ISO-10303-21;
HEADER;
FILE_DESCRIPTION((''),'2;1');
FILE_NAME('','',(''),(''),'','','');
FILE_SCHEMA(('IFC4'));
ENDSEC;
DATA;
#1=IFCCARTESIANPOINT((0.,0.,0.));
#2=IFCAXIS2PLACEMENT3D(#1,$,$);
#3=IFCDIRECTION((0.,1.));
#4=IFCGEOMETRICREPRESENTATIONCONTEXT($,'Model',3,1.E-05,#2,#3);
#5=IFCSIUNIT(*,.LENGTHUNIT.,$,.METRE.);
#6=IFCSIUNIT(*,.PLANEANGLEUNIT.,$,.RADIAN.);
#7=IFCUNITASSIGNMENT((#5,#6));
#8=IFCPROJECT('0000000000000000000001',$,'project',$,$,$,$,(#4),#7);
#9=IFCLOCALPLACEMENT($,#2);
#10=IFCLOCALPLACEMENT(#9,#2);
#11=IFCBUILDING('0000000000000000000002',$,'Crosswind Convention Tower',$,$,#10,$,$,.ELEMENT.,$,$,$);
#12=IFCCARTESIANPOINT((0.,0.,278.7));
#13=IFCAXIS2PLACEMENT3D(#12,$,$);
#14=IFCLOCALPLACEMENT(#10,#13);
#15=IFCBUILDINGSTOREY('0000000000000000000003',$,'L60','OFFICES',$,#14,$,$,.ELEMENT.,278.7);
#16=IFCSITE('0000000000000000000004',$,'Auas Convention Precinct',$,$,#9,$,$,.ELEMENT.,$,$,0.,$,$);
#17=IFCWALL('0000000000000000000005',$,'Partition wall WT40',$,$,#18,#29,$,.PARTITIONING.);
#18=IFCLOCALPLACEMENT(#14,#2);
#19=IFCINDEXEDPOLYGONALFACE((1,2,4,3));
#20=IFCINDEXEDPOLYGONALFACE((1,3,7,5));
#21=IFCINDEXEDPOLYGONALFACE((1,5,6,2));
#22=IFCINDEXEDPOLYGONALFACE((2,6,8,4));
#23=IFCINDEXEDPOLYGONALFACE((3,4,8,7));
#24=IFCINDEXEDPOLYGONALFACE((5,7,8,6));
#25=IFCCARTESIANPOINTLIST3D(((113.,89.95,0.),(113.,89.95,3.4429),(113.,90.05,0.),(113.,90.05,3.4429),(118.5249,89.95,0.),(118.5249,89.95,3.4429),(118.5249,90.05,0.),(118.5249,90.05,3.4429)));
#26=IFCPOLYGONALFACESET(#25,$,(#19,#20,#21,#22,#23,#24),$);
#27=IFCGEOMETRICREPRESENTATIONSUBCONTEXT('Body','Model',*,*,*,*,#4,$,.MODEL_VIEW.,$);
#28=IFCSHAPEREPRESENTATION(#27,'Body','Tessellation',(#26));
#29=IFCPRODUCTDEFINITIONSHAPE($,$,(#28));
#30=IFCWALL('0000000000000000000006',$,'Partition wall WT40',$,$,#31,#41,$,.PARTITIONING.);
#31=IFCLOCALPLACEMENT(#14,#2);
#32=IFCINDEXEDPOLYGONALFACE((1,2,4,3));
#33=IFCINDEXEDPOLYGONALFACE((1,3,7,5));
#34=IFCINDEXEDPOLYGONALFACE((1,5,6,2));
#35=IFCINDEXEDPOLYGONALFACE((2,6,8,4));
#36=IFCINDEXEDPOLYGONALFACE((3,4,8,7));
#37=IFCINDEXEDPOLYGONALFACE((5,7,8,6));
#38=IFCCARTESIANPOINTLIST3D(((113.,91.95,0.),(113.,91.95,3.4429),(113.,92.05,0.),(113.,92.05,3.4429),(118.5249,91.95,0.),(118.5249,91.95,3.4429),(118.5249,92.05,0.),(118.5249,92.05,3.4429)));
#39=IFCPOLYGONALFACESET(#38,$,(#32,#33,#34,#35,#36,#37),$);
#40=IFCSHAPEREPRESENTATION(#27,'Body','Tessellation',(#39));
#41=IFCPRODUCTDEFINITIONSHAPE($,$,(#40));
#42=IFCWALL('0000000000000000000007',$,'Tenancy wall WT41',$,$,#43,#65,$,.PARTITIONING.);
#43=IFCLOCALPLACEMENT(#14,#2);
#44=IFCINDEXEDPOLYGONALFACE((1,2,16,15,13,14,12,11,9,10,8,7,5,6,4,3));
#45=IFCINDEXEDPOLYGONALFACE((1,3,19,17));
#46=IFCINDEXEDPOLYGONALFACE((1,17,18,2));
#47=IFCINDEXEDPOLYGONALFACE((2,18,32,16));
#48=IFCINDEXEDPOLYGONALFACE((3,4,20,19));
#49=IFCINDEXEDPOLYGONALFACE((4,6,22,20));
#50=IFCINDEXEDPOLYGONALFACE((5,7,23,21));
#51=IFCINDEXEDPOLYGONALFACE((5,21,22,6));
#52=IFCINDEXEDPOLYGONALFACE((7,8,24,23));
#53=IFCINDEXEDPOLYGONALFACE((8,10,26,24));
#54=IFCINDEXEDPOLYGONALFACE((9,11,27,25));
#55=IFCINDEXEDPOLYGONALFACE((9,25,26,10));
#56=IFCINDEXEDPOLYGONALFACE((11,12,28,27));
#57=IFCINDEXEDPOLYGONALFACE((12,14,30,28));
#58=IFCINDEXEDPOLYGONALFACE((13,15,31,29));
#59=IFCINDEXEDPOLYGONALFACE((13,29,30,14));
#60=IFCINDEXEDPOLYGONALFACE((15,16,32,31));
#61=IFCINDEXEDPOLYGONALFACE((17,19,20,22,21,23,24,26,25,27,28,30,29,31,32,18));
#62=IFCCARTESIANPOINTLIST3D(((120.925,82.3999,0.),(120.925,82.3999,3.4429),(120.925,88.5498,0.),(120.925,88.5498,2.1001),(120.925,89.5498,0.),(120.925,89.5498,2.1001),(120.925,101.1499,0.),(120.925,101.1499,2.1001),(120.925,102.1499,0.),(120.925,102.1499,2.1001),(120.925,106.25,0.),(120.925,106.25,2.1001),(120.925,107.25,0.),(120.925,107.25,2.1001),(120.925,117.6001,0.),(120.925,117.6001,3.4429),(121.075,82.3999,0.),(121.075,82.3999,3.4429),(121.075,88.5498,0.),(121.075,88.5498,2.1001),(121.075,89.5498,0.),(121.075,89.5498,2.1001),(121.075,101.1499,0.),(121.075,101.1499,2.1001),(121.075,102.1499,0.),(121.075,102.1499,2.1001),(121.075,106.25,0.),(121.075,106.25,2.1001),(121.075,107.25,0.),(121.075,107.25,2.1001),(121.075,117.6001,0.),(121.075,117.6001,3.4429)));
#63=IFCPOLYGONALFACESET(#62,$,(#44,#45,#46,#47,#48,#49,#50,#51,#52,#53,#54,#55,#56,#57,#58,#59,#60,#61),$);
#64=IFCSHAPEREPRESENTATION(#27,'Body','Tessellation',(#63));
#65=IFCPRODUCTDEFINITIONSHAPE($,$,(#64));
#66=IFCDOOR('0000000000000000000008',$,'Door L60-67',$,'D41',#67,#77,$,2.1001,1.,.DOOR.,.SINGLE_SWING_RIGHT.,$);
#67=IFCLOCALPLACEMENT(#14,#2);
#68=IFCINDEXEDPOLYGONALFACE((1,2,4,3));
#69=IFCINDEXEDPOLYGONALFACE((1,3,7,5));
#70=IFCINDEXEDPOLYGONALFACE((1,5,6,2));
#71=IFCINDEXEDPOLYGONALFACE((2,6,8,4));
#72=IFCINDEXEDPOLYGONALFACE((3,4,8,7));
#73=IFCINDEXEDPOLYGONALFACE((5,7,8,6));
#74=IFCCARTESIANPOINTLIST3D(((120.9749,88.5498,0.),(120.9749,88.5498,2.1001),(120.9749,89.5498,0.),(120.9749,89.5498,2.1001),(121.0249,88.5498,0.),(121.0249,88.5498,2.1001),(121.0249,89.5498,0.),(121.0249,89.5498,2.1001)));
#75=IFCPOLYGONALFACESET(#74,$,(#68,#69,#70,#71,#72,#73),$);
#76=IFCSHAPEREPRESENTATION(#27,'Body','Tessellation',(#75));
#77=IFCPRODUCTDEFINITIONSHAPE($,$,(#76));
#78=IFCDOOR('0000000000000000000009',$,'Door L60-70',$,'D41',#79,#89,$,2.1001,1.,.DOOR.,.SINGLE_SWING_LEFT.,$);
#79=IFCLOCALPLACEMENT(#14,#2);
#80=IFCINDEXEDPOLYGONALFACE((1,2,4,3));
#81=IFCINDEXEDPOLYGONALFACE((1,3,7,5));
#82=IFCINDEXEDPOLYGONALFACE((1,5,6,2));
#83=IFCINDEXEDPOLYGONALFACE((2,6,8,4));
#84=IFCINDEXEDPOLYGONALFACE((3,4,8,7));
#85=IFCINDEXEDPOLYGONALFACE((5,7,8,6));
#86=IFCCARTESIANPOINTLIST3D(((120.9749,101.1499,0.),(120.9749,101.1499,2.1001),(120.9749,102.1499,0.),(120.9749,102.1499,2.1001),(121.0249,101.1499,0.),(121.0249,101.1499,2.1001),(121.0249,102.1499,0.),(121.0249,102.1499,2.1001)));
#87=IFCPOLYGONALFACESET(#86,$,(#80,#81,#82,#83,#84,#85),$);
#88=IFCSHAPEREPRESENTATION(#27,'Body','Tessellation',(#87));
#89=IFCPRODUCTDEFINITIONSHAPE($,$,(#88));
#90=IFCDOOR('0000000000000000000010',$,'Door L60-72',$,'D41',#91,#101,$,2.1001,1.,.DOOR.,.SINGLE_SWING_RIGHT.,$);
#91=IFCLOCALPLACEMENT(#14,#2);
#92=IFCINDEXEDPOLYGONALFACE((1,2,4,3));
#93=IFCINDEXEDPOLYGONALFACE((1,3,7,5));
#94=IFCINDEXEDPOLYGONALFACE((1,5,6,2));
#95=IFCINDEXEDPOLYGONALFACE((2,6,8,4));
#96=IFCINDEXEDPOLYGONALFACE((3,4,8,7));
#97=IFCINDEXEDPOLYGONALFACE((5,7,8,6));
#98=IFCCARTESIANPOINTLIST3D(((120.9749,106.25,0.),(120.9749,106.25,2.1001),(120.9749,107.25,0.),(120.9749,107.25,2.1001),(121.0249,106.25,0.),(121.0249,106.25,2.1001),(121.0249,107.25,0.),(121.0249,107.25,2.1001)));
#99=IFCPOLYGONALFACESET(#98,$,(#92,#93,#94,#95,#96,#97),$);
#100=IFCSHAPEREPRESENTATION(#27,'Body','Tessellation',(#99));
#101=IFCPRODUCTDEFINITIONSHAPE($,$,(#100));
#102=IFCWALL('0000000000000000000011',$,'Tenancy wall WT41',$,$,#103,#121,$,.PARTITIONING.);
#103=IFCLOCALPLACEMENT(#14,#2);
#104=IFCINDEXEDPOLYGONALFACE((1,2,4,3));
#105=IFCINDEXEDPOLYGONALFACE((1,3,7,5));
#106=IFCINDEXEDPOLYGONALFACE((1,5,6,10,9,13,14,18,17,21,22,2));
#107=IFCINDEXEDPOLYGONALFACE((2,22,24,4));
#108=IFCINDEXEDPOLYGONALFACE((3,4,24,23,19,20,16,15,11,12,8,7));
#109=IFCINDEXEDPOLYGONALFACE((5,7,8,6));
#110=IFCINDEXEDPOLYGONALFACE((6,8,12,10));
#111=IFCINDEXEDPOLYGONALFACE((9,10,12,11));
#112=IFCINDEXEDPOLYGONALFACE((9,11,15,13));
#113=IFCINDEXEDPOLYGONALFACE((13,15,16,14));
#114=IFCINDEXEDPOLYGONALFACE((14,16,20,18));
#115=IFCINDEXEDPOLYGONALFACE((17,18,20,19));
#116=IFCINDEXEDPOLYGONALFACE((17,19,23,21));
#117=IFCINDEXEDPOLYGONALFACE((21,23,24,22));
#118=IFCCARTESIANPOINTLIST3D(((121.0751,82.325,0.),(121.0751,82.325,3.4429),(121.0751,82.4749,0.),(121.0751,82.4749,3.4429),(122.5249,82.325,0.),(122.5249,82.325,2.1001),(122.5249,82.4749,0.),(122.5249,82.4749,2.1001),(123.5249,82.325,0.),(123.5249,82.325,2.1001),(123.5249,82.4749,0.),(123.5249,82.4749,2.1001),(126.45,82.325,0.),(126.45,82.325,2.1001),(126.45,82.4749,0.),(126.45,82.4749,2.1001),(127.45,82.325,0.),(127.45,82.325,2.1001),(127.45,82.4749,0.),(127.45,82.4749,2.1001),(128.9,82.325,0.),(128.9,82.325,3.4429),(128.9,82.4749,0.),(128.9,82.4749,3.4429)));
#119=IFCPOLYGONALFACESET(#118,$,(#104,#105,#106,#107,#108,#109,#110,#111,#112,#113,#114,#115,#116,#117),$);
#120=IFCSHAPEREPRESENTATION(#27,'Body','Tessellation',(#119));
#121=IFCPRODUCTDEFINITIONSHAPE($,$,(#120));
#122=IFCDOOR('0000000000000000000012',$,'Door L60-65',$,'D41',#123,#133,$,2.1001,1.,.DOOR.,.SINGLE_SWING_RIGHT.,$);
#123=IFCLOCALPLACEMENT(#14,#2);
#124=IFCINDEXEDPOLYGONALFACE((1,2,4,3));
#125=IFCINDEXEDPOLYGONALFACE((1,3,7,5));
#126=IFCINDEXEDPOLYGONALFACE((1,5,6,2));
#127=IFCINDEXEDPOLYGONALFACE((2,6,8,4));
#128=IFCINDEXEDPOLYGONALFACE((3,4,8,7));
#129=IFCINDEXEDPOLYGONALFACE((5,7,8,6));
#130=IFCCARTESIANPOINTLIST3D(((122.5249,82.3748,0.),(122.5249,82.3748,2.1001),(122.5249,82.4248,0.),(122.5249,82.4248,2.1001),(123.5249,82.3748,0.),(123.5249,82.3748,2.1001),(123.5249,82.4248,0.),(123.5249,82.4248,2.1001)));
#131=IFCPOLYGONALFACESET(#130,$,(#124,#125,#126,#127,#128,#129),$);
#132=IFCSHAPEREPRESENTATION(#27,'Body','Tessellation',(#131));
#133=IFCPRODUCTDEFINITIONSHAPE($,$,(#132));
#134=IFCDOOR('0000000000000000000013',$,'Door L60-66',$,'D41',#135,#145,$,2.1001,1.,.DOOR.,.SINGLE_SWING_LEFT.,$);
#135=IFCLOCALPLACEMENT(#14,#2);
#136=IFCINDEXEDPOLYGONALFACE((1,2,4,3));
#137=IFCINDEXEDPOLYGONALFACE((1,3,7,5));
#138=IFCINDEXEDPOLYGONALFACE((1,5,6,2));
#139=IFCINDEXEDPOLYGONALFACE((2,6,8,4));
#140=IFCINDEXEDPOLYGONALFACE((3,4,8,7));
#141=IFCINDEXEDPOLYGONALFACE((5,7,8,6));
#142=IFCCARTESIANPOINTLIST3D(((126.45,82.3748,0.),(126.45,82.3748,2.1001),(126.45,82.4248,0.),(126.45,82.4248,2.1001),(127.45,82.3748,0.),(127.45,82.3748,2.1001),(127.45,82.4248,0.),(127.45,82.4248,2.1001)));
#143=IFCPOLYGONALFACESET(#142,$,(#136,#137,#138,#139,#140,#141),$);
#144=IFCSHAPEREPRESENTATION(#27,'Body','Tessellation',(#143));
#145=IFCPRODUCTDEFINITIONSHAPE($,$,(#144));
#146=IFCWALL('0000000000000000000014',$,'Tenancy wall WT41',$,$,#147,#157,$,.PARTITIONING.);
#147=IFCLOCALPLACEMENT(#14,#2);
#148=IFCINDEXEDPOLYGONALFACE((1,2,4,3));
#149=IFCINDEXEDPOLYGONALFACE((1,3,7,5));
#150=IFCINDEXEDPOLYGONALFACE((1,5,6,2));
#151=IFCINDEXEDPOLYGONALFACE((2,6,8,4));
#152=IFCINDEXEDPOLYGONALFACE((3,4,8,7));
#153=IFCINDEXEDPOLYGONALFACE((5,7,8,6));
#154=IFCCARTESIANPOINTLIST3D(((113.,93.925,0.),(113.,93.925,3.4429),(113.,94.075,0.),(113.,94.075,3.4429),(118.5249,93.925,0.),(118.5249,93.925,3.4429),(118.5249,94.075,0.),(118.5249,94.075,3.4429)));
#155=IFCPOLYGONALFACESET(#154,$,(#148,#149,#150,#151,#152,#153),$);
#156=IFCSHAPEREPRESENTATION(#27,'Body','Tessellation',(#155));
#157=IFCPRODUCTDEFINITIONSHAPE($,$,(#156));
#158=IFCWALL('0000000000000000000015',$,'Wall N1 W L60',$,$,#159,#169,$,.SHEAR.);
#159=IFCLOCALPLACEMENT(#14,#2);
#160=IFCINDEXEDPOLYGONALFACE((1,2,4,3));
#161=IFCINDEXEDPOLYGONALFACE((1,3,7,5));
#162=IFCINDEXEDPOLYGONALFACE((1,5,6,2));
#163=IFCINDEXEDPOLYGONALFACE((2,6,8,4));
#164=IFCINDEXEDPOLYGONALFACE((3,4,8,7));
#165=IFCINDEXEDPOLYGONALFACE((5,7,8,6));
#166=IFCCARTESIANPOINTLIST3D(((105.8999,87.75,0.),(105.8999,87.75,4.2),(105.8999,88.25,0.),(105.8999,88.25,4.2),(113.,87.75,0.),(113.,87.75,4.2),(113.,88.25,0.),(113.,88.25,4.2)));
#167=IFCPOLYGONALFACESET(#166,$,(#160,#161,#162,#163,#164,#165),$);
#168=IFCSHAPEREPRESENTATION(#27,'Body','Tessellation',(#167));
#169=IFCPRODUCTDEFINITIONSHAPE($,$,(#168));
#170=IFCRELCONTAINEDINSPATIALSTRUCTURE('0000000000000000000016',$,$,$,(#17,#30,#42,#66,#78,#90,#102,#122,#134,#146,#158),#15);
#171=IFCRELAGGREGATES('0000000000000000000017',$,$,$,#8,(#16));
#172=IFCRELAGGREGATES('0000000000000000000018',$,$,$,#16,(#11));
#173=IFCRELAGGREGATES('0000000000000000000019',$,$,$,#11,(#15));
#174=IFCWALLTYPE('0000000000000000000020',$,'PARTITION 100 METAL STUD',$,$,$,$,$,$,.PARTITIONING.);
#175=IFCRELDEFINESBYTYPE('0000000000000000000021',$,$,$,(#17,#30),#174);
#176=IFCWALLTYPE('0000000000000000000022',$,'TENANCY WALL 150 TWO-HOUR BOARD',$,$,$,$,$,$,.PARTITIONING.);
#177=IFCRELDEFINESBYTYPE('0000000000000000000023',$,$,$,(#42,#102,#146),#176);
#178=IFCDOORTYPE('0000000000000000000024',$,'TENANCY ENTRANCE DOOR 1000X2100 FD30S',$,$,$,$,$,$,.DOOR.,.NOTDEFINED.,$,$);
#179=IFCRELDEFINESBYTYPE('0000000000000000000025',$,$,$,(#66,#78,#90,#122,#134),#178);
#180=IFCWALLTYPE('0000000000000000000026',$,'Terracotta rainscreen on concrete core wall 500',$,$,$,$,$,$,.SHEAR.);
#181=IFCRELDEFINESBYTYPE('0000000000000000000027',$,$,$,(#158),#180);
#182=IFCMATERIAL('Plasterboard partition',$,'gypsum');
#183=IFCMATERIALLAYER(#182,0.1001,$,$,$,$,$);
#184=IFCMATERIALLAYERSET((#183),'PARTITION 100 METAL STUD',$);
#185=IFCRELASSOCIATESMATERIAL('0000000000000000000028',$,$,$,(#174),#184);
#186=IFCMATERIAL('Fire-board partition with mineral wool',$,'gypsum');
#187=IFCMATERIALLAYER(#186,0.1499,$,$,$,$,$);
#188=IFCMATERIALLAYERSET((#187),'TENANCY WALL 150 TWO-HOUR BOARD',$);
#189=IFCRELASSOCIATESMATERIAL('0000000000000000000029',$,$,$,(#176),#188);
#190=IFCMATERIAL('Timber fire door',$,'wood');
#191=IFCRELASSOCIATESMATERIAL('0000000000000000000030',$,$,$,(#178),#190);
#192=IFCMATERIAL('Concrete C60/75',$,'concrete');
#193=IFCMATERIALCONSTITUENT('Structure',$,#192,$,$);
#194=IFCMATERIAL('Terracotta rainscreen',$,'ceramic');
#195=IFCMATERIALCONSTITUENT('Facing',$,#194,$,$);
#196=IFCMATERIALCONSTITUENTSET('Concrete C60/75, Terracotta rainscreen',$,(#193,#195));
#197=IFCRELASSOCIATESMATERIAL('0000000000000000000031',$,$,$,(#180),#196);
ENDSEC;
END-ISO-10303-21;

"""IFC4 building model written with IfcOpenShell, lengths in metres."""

from ifc_helpers import new_model, si_unit, direction, frame, frame_2d, origin, place, context, subcontext, project, spatial, rectangle, extrude, material, layer, layer_set, constituent, constituent_set, type_object, element, fill, save


model = new_model("IFC4")

# Units and contexts
model_context = context("Model", 3, precision=1e-05, world=origin(), true_north=direction((0.0, 1.0)))
body_context = subcontext(model_context, "Body", "Model", "MODEL_VIEW")
ifc_project = project(units=[si_unit("LENGTHUNIT", "METRE"), si_unit("PLANEANGLEUNIT", "RADIAN")], contexts=[model_context])

# Site, building, storey
site_placement = place(None, origin())
site = spatial("IfcSite", under=ifc_project, at=site_placement, Name="Auas Convention Precinct", CompositionType="ELEMENT", RefElevation=0.0)
building_placement = place(site_placement, origin())
building = spatial("IfcBuilding", under=site, at=building_placement, Name="Crosswind Convention Tower", CompositionType="ELEMENT")
storey_placement = place(building_placement, frame((0.0, 0.0, 278.7)))
storey = spatial("IfcBuildingStorey", under=building, at=storey_placement, Name="L60", Description="OFFICES", CompositionType="ELEMENT", Elevation=278.7)

# Shared definitions
ifc_material_1 = material(Name="Concrete C60/75", Category="concrete")

# Walls
ifc_material_2 = material(Name="Plasterboard partition", Category="gypsum")
ifc_layer_1 = layer(ifc_material_2, 0.1001)
ifc_layer_set_1 = layer_set([ifc_layer_1], Name="PARTITION 100 METAL STUD")
wall_type_1 = type_object("IfcWallType", Name="PARTITION 100 METAL STUD", PredefinedType="PARTITIONING", material=ifc_layer_set_1)
for number, where, z_axis, x_axis, name in (
    (1, (113.0, 90.0, 0.0), (0.0, 0.0, 1.0), (1.0, 0.0, 0.0), "Partition wall WT40"),
    (2, (113.0, 92.0, 0.0), (0.0, 0.0, 1.0), (1.0, 0.0, 0.0), "Partition wall WT40"),
):
    element("IfcWall", number, at=place(storey_placement, frame(where, z_axis=z_axis, x_axis=x_axis)), inside=storey, type_object=wall_type_1, Name=name, PredefinedType="PARTITIONING", context=body_context, shape_type="SweptSolid", body=[
        extrude(rectangle(XDim=5.5249, YDim=0.1001, at=frame_2d((2.7625, 0.0))), origin(), (0.0, 0.0, 1.0), 3.4429),
    ])

# Walls, openings, doors
ifc_material_3 = material(Name="Fire-board partition with mineral wool", Category="gypsum")
ifc_layer_2 = layer(ifc_material_3, 0.1499)
ifc_layer_set_2 = layer_set([ifc_layer_2], Name="TENANCY WALL 150 TWO-HOUR BOARD")
wall_type_2 = type_object("IfcWallType", Name="TENANCY WALL 150 TWO-HOUR BOARD", PredefinedType="PARTITIONING", material=ifc_layer_set_2)
wall_1_placement = place(storey_placement, frame((121.0, 82.3999, 0.0), z_axis=(0.0, 0.0, 1.0), x_axis=(0.0, 1.0, 0.0)))
wall_1 = element("IfcWall", 3, at=wall_1_placement, inside=storey, type_object=wall_type_2, Name="Tenancy wall WT41", PredefinedType="PARTITIONING", context=body_context, shape_type="SweptSolid", body=[
    extrude(rectangle(XDim=35.2002, YDim=0.1499, at=frame_2d((17.6001, 0.0))), origin(), (0.0, 0.0, 1.0), 3.4429),
])
opening_1_placement = place(wall_1_placement, frame((6.1499, 0.0, 0.0)))
opening_1 = element("IfcOpeningElement", 4, at=opening_1_placement, cuts=wall_1, PredefinedType="OPENING", context=body_context, shape_type="SweptSolid", body=[
    extrude(rectangle(XDim=1.0, YDim=2.1001, at=frame_2d((0.5, 1.05))), frame((0.0, 0.085, 0.0), z_axis=(0.0, -1.0, 0.0), x_axis=(1.0, 0.0, 0.0)), (0.0, 0.0, 1.0), 0.1699),
])
opening_2_placement = place(wall_1_placement, frame((18.75, 0.0, 0.0)))
opening_2 = element("IfcOpeningElement", 5, at=opening_2_placement, cuts=wall_1, PredefinedType="OPENING", context=body_context, shape_type="SweptSolid", body=[
    extrude(rectangle(XDim=1.0, YDim=2.1001, at=frame_2d((0.5, 1.05))), frame((0.0, 0.085, 0.0), z_axis=(0.0, -1.0, 0.0), x_axis=(1.0, 0.0, 0.0)), (0.0, 0.0, 1.0), 0.1699),
])
opening_3_placement = place(wall_1_placement, frame((23.8501, 0.0, 0.0)))
opening_3 = element("IfcOpeningElement", 6, at=opening_3_placement, cuts=wall_1, PredefinedType="OPENING", context=body_context, shape_type="SweptSolid", body=[
    extrude(rectangle(XDim=1.0, YDim=2.1001, at=frame_2d((0.5, 1.05))), frame((0.0, 0.085, 0.0), z_axis=(0.0, -1.0, 0.0), x_axis=(1.0, 0.0, 0.0)), (0.0, 0.0, 1.0), 0.1699),
])
ifc_material_4 = material(Name="Timber fire door", Category="wood")
door_type = type_object("IfcDoorType", Name="TENANCY ENTRANCE DOOR 1000X2100 FD30S", OperationType="NOTDEFINED", PredefinedType="DOOR", material=ifc_material_4)
door_1_placement = place(opening_1_placement, frame((1.0, 0.0, 0.0), z_axis=(0.0, 0.0, 1.0), x_axis=(-1.0, 0.0, 0.0)))
door_1 = element("IfcDoor", 7, at=door_1_placement, inside=storey, type_object=door_type, Name="Door L60-67", ObjectType="D41", OperationType="SINGLE_SWING_RIGHT", OverallHeight=2.1001, OverallWidth=1.0, PredefinedType="DOOR", context=body_context, shape_type="SweptSolid", body=[
    extrude(rectangle(XDim=1.0, YDim=2.1001, at=frame_2d((0.5, 1.05))), frame((0.0, 0.0249, 0.0), z_axis=(0.0, -1.0, 0.0), x_axis=(1.0, 0.0, 0.0)), (0.0, 0.0, 1.0), 0.05),
])
fill(opening_1, door_1)
door_2_placement = place(opening_2_placement, frame((1.0, 0.0, 0.0), z_axis=(0.0, 0.0, 1.0), x_axis=(-1.0, 0.0, 0.0)))
door_2 = element("IfcDoor", 8, at=door_2_placement, inside=storey, type_object=door_type, Name="Door L60-70", ObjectType="D41", OperationType="SINGLE_SWING_LEFT", OverallHeight=2.1001, OverallWidth=1.0, PredefinedType="DOOR", context=body_context, shape_type="SweptSolid", body=[
    extrude(rectangle(XDim=1.0, YDim=2.1001, at=frame_2d((0.5, 1.05))), frame((0.0, 0.0249, 0.0), z_axis=(0.0, -1.0, 0.0), x_axis=(1.0, 0.0, 0.0)), (0.0, 0.0, 1.0), 0.05),
])
fill(opening_2, door_2)
door_3_placement = place(opening_3_placement, frame((1.0, 0.0, 0.0), z_axis=(0.0, 0.0, 1.0), x_axis=(-1.0, 0.0, 0.0)))
door_3 = element("IfcDoor", 9, at=door_3_placement, inside=storey, type_object=door_type, Name="Door L60-72", ObjectType="D41", OperationType="SINGLE_SWING_RIGHT", OverallHeight=2.1001, OverallWidth=1.0, PredefinedType="DOOR", context=body_context, shape_type="SweptSolid", body=[
    extrude(rectangle(XDim=1.0, YDim=2.1001, at=frame_2d((0.5, 1.05))), frame((0.0, 0.0249, 0.0), z_axis=(0.0, -1.0, 0.0), x_axis=(1.0, 0.0, 0.0)), (0.0, 0.0, 1.0), 0.05),
])
fill(opening_3, door_3)
wall_2_placement = place(storey_placement, frame((121.075, 82.3999, 0.0), z_axis=(0.0, 0.0, 1.0), x_axis=(1.0, 0.0, 0.0)))
wall_2 = element("IfcWall", 10, at=wall_2_placement, inside=storey, type_object=wall_type_2, Name="Tenancy wall WT41", PredefinedType="PARTITIONING", context=body_context, shape_type="SweptSolid", body=[
    extrude(rectangle(XDim=7.825, YDim=0.1499, at=frame_2d((3.9126, 0.0))), origin(), (0.0, 0.0, 1.0), 3.4429),
])
opening_4_placement = place(wall_2_placement, frame((1.45, 0.0, 0.0)))
opening_4 = element("IfcOpeningElement", 11, at=opening_4_placement, cuts=wall_2, PredefinedType="OPENING", context=body_context, shape_type="SweptSolid", body=[
    extrude(rectangle(XDim=1.0, YDim=2.1001, at=frame_2d((0.5, 1.05))), frame((0.0, 0.085, 0.0), z_axis=(0.0, -1.0, 0.0), x_axis=(1.0, 0.0, 0.0)), (0.0, 0.0, 1.0), 0.1699),
])
opening_5_placement = place(wall_2_placement, frame((5.375, 0.0, 0.0)))
opening_5 = element("IfcOpeningElement", 12, at=opening_5_placement, cuts=wall_2, PredefinedType="OPENING", context=body_context, shape_type="SweptSolid", body=[
    extrude(rectangle(XDim=1.0, YDim=2.1001, at=frame_2d((0.5, 1.05))), frame((0.0, 0.085, 0.0), z_axis=(0.0, -1.0, 0.0), x_axis=(1.0, 0.0, 0.0)), (0.0, 0.0, 1.0), 0.1699),
])
door_4_placement = place(opening_4_placement, origin())
door_4 = element("IfcDoor", 13, at=door_4_placement, inside=storey, type_object=door_type, Name="Door L60-65", ObjectType="D41", OperationType="SINGLE_SWING_RIGHT", OverallHeight=2.1001, OverallWidth=1.0, PredefinedType="DOOR", context=body_context, shape_type="SweptSolid", body=[
    extrude(rectangle(XDim=1.0, YDim=2.1001, at=frame_2d((0.5, 1.05))), frame((0.0, 0.0249, 0.0), z_axis=(0.0, -1.0, 0.0), x_axis=(1.0, 0.0, 0.0)), (0.0, 0.0, 1.0), 0.05),
])
fill(opening_4, door_4)
door_5_placement = place(opening_5_placement, origin())
door_5 = element("IfcDoor", 14, at=door_5_placement, inside=storey, type_object=door_type, Name="Door L60-66", ObjectType="D41", OperationType="SINGLE_SWING_LEFT", OverallHeight=2.1001, OverallWidth=1.0, PredefinedType="DOOR", context=body_context, shape_type="SweptSolid", body=[
    extrude(rectangle(XDim=1.0, YDim=2.1001, at=frame_2d((0.5, 1.05))), frame((0.0, 0.0249, 0.0), z_axis=(0.0, -1.0, 0.0), x_axis=(1.0, 0.0, 0.0)), (0.0, 0.0, 1.0), 0.05),
])
fill(opening_5, door_5)

# Walls
wall_3_placement = place(storey_placement, frame((113.0, 94.0, 0.0), z_axis=(0.0, 0.0, 1.0), x_axis=(1.0, 0.0, 0.0)))
element("IfcWall", 15, at=wall_3_placement, inside=storey, type_object=wall_type_2, Name="Tenancy wall WT41", PredefinedType="PARTITIONING", context=body_context, shape_type="SweptSolid", body=[
    extrude(rectangle(XDim=5.5249, YDim=0.1499, at=frame_2d((2.7625, 0.0))), origin(), (0.0, 0.0, 1.0), 3.4429),
])
ifc_constituent_1 = constituent(ifc_material_1, Name="Structure")
ifc_material_5 = material(Name="Terracotta rainscreen", Category="ceramic")
ifc_constituent_2 = constituent(ifc_material_5, Name="Facing")
ifc_constituent_set = constituent_set(constituents=[ifc_constituent_1, ifc_constituent_2], Name="Concrete C60/75, Terracotta rainscreen")
wall_type_3 = type_object("IfcWallType", Name="Terracotta rainscreen on concrete core wall 500", PredefinedType="SHEAR", material=ifc_constituent_set)
wall_4_placement = place(storey_placement, frame((113.0, 88.0, 0.0), z_axis=(0.0, 0.0, 1.0), x_axis=(-1.0, 0.0, 0.0)))
element("IfcWall", 16, at=wall_4_placement, inside=storey, type_object=wall_type_3, Name="Wall N1 W L60", PredefinedType="SHEAR", context=body_context, shape_type="SweptSolid", body=[
    extrude(rectangle(XDim=7.1001, YDim=0.5, at=frame_2d((3.55, 0.0))), origin(), (0.0, 0.0, 1.0), 4.2),
])

save(model, "model.ifc")
